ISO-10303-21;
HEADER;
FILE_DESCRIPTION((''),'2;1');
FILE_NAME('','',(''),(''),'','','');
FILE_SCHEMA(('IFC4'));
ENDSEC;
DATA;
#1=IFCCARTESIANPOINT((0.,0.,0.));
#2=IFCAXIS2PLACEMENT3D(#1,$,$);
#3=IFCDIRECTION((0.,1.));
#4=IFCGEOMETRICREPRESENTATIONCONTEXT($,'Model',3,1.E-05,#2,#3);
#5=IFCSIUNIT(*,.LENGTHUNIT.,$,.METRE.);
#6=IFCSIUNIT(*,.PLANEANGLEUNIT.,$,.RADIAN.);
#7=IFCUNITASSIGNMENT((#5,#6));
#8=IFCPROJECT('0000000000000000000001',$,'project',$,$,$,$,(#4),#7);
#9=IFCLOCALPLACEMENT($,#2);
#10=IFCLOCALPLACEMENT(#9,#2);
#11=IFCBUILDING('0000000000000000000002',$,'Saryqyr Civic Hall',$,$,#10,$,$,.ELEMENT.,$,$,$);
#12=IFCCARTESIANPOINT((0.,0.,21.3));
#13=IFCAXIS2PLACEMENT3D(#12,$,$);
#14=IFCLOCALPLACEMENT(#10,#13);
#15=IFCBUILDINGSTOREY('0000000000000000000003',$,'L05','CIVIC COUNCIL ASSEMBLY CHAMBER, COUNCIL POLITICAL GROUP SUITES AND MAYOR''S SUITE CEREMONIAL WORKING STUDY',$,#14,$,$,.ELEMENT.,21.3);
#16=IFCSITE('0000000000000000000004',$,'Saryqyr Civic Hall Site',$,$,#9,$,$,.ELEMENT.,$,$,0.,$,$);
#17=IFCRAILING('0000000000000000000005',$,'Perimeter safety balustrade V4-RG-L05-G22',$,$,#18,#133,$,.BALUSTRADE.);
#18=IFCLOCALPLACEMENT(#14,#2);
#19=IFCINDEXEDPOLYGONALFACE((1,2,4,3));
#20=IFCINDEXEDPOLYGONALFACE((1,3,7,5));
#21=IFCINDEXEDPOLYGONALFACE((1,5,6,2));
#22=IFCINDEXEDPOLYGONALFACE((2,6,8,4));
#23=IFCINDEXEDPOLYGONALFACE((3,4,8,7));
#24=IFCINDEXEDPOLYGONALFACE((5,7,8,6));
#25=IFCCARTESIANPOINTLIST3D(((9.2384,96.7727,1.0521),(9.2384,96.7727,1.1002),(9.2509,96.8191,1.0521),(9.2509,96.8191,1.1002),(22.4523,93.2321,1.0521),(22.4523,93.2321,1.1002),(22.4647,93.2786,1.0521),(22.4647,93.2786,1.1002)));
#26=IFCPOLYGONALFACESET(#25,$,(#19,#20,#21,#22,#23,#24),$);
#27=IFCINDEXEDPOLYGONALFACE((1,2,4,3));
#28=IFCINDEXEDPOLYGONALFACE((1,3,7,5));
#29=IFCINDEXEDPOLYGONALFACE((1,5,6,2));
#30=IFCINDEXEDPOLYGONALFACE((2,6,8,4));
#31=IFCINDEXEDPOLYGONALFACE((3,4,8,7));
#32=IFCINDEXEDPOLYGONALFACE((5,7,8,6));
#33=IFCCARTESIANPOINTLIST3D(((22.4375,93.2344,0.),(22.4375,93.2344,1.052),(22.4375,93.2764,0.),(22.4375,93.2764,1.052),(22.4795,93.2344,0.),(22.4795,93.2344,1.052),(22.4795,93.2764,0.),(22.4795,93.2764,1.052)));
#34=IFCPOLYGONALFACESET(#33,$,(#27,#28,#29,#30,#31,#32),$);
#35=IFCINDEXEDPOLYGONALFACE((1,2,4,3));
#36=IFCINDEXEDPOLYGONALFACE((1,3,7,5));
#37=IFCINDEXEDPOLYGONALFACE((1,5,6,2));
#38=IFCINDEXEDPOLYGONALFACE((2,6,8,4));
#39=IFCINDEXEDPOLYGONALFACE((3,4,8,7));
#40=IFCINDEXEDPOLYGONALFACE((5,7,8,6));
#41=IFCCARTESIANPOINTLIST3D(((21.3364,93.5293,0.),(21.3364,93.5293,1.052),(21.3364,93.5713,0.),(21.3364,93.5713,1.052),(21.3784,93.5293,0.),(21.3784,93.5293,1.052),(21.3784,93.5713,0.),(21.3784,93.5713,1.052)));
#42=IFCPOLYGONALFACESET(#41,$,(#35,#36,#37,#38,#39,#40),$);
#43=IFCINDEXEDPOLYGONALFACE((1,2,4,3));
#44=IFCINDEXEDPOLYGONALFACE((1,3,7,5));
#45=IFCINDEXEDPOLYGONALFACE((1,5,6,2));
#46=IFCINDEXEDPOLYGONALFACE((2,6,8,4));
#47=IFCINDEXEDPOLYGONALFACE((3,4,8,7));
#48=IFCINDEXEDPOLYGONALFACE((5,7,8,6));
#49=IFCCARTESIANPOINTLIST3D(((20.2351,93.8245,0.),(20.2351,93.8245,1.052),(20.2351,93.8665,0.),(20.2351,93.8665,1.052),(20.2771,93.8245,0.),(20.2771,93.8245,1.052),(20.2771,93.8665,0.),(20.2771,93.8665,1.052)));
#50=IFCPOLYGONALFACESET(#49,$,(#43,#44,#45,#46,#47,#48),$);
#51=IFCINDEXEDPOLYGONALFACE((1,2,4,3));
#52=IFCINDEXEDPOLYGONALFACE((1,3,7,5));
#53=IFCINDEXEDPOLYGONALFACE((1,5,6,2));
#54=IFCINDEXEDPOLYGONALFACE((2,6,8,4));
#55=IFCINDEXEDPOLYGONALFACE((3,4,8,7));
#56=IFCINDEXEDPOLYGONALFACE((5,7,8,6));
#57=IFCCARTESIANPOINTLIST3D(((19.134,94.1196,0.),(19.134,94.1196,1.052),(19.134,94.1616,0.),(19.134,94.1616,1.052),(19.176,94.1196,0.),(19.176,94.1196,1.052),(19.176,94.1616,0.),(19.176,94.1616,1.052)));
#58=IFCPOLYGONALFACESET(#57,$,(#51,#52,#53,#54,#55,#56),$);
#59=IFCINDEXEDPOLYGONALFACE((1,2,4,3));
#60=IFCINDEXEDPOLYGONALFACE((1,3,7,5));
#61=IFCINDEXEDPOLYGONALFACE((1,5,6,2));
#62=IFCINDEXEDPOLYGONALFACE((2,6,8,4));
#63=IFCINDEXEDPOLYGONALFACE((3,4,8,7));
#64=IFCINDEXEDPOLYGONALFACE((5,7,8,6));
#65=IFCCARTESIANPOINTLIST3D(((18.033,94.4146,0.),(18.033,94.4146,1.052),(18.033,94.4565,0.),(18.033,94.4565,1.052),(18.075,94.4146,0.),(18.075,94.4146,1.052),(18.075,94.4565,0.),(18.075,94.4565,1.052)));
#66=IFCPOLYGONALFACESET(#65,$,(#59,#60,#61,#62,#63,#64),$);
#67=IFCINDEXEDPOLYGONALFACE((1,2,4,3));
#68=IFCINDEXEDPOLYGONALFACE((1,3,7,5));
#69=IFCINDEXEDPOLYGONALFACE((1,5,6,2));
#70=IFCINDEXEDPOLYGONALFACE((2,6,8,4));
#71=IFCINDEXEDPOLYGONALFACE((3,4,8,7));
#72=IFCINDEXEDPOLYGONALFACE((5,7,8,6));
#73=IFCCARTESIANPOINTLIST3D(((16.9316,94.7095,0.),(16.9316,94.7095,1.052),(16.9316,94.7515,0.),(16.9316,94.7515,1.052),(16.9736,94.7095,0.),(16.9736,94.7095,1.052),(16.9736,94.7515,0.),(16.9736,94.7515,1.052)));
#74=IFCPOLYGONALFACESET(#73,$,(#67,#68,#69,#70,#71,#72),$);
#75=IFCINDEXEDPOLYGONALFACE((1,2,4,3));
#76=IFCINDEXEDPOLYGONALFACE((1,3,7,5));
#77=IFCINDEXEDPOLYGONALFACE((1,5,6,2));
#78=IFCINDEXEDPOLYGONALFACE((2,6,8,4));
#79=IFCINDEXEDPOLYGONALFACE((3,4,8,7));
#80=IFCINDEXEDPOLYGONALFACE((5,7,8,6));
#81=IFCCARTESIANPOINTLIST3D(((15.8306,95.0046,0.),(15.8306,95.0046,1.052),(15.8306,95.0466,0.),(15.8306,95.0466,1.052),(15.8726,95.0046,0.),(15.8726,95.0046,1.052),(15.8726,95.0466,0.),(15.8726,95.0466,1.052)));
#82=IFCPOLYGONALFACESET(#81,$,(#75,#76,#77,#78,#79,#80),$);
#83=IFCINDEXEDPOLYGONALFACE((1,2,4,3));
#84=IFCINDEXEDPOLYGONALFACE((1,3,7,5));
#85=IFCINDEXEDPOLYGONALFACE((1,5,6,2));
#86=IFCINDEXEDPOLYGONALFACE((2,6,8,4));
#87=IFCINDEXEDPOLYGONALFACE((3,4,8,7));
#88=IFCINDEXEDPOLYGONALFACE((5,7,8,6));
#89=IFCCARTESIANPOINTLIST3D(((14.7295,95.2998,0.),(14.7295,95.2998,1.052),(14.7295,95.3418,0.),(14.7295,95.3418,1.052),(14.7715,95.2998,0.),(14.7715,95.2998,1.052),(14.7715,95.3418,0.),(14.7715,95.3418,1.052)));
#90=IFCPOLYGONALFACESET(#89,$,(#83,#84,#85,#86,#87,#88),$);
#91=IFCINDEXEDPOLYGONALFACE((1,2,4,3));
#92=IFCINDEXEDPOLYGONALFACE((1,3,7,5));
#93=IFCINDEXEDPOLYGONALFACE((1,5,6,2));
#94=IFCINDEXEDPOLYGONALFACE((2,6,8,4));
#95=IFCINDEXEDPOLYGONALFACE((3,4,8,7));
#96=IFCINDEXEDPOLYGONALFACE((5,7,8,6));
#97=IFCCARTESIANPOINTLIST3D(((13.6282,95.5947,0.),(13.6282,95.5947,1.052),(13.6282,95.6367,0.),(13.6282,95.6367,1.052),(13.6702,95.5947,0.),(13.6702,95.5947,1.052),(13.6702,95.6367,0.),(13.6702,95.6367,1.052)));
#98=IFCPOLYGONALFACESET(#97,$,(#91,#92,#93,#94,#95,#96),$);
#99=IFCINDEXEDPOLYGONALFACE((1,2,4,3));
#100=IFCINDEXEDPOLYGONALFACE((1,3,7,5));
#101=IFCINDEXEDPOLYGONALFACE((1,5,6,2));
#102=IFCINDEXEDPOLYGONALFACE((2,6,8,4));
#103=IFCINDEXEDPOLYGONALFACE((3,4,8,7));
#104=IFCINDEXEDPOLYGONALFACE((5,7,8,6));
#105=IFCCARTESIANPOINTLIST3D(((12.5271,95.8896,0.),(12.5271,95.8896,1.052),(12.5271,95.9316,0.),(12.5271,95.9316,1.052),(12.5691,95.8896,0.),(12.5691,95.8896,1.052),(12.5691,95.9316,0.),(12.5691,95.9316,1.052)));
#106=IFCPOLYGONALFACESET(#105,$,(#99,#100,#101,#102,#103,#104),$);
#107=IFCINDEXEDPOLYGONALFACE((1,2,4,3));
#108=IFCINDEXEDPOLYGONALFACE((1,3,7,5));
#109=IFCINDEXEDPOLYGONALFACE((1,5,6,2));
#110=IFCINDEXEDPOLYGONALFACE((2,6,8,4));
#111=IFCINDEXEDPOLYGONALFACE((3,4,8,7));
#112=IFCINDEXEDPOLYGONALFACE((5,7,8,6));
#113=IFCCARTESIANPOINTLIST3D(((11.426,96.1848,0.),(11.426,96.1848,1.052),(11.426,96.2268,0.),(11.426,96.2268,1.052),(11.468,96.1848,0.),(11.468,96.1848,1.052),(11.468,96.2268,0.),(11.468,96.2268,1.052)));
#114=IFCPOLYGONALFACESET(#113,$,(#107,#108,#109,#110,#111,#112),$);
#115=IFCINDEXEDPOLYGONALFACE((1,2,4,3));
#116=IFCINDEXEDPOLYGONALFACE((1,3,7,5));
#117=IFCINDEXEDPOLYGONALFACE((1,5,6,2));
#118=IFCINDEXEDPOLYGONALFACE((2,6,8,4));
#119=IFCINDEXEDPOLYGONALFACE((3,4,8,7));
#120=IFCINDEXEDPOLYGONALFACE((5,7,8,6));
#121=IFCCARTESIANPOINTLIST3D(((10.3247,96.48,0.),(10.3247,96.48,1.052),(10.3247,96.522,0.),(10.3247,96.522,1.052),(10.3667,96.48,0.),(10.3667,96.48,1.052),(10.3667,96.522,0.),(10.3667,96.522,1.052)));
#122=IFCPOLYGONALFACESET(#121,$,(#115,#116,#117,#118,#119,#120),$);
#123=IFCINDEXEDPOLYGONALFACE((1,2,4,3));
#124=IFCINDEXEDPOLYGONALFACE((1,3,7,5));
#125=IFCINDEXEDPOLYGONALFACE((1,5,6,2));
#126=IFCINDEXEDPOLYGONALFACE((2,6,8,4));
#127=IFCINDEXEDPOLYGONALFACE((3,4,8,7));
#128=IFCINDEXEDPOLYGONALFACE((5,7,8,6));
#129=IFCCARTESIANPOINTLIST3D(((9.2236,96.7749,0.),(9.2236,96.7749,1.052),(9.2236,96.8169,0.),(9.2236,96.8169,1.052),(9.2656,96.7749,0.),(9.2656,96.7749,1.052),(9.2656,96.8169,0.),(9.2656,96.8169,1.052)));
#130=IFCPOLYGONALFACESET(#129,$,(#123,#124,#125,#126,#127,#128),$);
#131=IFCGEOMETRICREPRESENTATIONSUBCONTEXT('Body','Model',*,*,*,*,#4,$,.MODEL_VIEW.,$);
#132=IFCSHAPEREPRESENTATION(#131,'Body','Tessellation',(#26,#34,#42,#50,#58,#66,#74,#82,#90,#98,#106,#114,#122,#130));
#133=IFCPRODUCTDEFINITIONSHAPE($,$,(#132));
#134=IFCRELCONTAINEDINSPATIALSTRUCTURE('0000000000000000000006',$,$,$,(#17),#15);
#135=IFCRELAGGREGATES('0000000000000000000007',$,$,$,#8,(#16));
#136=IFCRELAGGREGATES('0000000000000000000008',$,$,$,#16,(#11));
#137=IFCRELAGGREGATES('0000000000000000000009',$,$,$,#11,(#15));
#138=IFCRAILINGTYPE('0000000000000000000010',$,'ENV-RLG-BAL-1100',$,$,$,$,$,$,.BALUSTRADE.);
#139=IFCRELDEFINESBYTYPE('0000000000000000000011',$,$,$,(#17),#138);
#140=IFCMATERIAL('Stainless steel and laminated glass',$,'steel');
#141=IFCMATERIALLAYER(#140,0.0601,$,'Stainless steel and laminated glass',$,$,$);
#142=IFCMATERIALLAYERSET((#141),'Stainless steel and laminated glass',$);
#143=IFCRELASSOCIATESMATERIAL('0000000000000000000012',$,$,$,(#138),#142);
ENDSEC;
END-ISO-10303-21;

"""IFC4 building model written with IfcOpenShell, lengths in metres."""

from ifc_helpers import new_model, si_unit, direction, frame, origin, origin_2d, place, context, subcontext, project, spatial, rectangle, extrude, material, layer, layer_set, type_object, element, save


model = new_model("IFC4")

# Units and contexts
model_context = context("Model", 3, precision=1e-05, world=origin(), true_north=direction((0.0, 1.0)))
body_context = subcontext(model_context, "Body", "Model", "MODEL_VIEW")
ifc_project = project(units=[si_unit("LENGTHUNIT", "METRE"), si_unit("PLANEANGLEUNIT", "RADIAN")], contexts=[model_context])

# Site, building, storey
site_placement = place(None, origin())
site = spatial("IfcSite", under=ifc_project, at=site_placement, Name="Saryqyr Civic Hall Site", CompositionType="ELEMENT", RefElevation=0.0)
building_placement = place(site_placement, origin())
building = spatial("IfcBuilding", under=site, at=building_placement, Name="Saryqyr Civic Hall", CompositionType="ELEMENT")
storey_placement = place(building_placement, frame((0.0, 0.0, 21.3)))
storey = spatial("IfcBuildingStorey", under=building, at=storey_placement, Name="L05", Description="CIVIC COUNCIL ASSEMBLY CHAMBER, COUNCIL POLITICAL GROUP SUITES AND MAYOR'S SUITE CEREMONIAL WORKING STUDY", CompositionType="ELEMENT", Elevation=21.3)

# Railing
ifc_material_1 = material(Name="Stainless steel and laminated glass", Category="steel")
ifc_layer_1 = layer(ifc_material_1, 0.0601, Name="Stainless steel and laminated glass")
ifc_layer_set_1 = layer_set([ifc_layer_1], Name="Stainless steel and laminated glass")
railing_type_1 = type_object("IfcRailingType", Name="ENV-RLG-BAL-1100", PredefinedType="BALUSTRADE", material=ifc_layer_set_1)
railing_1_placement = place(storey_placement, frame((22.4585, 93.2554, 0.0)))
element("IfcRailing", 1, at=railing_1_placement, inside=storey, type_object=railing_type_1, Name="Perimeter safety balustrade V4-RG-L05-G22", PredefinedType="BALUSTRADE", context=body_context, shape_type="SweptSolid", body=[
    extrude(rectangle(XDim=0.0481, YDim=0.0481, at=origin_2d()), frame((0.0, 0.0, 1.0762), z_axis=(-0.965928, 0.258811, 0.0), x_axis=(-0.258811, -0.965928, 0.0)), (0.0, 0.0, 1.0), 13.6799),
    extrude(rectangle(XDim=0.042, YDim=0.042, at=origin_2d()), origin(), (0.0, 0.0, 1.0), 1.052),
    extrude(rectangle(XDim=0.042, YDim=0.042, at=origin_2d()), frame((-1.1011, 0.2949, 0.0)), (0.0, 0.0, 1.0), 1.052),
    extrude(rectangle(XDim=0.042, YDim=0.042, at=origin_2d()), frame((-2.2024, 0.5901, 0.0)), (0.0, 0.0, 1.0), 1.052),
    extrude(rectangle(XDim=0.042, YDim=0.042, at=origin_2d()), frame((-3.3035, 0.8853, 0.0)), (0.0, 0.0, 1.0), 1.052),
    extrude(rectangle(XDim=0.042, YDim=0.042, at=origin_2d()), frame((-4.4045, 1.1802, 0.0)), (0.0, 0.0, 1.0), 1.052),
    extrude(rectangle(XDim=0.042, YDim=0.042, at=origin_2d()), frame((-5.5059, 1.4751, 0.0)), (0.0, 0.0, 1.0), 1.052),
    extrude(rectangle(XDim=0.042, YDim=0.042, at=origin_2d()), frame((-6.6069, 1.7703, 0.0)), (0.0, 0.0, 1.0), 1.052),
    extrude(rectangle(XDim=0.042, YDim=0.042, at=origin_2d()), frame((-7.708, 2.0654, 0.0)), (0.0, 0.0, 1.0), 1.052),
    extrude(rectangle(XDim=0.042, YDim=0.042, at=origin_2d()), frame((-8.8093, 2.3604, 0.0)), (0.0, 0.0, 1.0), 1.052),
    extrude(rectangle(XDim=0.042, YDim=0.042, at=origin_2d()), frame((-9.9104, 2.6553, 0.0)), (0.0, 0.0, 1.0), 1.052),
    extrude(rectangle(XDim=0.042, YDim=0.042, at=origin_2d()), frame((-11.0115, 2.9504, 0.0)), (0.0, 0.0, 1.0), 1.052),
    extrude(rectangle(XDim=0.042, YDim=0.042, at=origin_2d()), frame((-12.1128, 3.2456, 0.0)), (0.0, 0.0, 1.0), 1.052),
    extrude(rectangle(XDim=0.042, YDim=0.042, at=origin_2d()), frame((-13.2139, 3.5405, 0.0)), (0.0, 0.0, 1.0), 1.052),
])

save(model, "model.ifc")
